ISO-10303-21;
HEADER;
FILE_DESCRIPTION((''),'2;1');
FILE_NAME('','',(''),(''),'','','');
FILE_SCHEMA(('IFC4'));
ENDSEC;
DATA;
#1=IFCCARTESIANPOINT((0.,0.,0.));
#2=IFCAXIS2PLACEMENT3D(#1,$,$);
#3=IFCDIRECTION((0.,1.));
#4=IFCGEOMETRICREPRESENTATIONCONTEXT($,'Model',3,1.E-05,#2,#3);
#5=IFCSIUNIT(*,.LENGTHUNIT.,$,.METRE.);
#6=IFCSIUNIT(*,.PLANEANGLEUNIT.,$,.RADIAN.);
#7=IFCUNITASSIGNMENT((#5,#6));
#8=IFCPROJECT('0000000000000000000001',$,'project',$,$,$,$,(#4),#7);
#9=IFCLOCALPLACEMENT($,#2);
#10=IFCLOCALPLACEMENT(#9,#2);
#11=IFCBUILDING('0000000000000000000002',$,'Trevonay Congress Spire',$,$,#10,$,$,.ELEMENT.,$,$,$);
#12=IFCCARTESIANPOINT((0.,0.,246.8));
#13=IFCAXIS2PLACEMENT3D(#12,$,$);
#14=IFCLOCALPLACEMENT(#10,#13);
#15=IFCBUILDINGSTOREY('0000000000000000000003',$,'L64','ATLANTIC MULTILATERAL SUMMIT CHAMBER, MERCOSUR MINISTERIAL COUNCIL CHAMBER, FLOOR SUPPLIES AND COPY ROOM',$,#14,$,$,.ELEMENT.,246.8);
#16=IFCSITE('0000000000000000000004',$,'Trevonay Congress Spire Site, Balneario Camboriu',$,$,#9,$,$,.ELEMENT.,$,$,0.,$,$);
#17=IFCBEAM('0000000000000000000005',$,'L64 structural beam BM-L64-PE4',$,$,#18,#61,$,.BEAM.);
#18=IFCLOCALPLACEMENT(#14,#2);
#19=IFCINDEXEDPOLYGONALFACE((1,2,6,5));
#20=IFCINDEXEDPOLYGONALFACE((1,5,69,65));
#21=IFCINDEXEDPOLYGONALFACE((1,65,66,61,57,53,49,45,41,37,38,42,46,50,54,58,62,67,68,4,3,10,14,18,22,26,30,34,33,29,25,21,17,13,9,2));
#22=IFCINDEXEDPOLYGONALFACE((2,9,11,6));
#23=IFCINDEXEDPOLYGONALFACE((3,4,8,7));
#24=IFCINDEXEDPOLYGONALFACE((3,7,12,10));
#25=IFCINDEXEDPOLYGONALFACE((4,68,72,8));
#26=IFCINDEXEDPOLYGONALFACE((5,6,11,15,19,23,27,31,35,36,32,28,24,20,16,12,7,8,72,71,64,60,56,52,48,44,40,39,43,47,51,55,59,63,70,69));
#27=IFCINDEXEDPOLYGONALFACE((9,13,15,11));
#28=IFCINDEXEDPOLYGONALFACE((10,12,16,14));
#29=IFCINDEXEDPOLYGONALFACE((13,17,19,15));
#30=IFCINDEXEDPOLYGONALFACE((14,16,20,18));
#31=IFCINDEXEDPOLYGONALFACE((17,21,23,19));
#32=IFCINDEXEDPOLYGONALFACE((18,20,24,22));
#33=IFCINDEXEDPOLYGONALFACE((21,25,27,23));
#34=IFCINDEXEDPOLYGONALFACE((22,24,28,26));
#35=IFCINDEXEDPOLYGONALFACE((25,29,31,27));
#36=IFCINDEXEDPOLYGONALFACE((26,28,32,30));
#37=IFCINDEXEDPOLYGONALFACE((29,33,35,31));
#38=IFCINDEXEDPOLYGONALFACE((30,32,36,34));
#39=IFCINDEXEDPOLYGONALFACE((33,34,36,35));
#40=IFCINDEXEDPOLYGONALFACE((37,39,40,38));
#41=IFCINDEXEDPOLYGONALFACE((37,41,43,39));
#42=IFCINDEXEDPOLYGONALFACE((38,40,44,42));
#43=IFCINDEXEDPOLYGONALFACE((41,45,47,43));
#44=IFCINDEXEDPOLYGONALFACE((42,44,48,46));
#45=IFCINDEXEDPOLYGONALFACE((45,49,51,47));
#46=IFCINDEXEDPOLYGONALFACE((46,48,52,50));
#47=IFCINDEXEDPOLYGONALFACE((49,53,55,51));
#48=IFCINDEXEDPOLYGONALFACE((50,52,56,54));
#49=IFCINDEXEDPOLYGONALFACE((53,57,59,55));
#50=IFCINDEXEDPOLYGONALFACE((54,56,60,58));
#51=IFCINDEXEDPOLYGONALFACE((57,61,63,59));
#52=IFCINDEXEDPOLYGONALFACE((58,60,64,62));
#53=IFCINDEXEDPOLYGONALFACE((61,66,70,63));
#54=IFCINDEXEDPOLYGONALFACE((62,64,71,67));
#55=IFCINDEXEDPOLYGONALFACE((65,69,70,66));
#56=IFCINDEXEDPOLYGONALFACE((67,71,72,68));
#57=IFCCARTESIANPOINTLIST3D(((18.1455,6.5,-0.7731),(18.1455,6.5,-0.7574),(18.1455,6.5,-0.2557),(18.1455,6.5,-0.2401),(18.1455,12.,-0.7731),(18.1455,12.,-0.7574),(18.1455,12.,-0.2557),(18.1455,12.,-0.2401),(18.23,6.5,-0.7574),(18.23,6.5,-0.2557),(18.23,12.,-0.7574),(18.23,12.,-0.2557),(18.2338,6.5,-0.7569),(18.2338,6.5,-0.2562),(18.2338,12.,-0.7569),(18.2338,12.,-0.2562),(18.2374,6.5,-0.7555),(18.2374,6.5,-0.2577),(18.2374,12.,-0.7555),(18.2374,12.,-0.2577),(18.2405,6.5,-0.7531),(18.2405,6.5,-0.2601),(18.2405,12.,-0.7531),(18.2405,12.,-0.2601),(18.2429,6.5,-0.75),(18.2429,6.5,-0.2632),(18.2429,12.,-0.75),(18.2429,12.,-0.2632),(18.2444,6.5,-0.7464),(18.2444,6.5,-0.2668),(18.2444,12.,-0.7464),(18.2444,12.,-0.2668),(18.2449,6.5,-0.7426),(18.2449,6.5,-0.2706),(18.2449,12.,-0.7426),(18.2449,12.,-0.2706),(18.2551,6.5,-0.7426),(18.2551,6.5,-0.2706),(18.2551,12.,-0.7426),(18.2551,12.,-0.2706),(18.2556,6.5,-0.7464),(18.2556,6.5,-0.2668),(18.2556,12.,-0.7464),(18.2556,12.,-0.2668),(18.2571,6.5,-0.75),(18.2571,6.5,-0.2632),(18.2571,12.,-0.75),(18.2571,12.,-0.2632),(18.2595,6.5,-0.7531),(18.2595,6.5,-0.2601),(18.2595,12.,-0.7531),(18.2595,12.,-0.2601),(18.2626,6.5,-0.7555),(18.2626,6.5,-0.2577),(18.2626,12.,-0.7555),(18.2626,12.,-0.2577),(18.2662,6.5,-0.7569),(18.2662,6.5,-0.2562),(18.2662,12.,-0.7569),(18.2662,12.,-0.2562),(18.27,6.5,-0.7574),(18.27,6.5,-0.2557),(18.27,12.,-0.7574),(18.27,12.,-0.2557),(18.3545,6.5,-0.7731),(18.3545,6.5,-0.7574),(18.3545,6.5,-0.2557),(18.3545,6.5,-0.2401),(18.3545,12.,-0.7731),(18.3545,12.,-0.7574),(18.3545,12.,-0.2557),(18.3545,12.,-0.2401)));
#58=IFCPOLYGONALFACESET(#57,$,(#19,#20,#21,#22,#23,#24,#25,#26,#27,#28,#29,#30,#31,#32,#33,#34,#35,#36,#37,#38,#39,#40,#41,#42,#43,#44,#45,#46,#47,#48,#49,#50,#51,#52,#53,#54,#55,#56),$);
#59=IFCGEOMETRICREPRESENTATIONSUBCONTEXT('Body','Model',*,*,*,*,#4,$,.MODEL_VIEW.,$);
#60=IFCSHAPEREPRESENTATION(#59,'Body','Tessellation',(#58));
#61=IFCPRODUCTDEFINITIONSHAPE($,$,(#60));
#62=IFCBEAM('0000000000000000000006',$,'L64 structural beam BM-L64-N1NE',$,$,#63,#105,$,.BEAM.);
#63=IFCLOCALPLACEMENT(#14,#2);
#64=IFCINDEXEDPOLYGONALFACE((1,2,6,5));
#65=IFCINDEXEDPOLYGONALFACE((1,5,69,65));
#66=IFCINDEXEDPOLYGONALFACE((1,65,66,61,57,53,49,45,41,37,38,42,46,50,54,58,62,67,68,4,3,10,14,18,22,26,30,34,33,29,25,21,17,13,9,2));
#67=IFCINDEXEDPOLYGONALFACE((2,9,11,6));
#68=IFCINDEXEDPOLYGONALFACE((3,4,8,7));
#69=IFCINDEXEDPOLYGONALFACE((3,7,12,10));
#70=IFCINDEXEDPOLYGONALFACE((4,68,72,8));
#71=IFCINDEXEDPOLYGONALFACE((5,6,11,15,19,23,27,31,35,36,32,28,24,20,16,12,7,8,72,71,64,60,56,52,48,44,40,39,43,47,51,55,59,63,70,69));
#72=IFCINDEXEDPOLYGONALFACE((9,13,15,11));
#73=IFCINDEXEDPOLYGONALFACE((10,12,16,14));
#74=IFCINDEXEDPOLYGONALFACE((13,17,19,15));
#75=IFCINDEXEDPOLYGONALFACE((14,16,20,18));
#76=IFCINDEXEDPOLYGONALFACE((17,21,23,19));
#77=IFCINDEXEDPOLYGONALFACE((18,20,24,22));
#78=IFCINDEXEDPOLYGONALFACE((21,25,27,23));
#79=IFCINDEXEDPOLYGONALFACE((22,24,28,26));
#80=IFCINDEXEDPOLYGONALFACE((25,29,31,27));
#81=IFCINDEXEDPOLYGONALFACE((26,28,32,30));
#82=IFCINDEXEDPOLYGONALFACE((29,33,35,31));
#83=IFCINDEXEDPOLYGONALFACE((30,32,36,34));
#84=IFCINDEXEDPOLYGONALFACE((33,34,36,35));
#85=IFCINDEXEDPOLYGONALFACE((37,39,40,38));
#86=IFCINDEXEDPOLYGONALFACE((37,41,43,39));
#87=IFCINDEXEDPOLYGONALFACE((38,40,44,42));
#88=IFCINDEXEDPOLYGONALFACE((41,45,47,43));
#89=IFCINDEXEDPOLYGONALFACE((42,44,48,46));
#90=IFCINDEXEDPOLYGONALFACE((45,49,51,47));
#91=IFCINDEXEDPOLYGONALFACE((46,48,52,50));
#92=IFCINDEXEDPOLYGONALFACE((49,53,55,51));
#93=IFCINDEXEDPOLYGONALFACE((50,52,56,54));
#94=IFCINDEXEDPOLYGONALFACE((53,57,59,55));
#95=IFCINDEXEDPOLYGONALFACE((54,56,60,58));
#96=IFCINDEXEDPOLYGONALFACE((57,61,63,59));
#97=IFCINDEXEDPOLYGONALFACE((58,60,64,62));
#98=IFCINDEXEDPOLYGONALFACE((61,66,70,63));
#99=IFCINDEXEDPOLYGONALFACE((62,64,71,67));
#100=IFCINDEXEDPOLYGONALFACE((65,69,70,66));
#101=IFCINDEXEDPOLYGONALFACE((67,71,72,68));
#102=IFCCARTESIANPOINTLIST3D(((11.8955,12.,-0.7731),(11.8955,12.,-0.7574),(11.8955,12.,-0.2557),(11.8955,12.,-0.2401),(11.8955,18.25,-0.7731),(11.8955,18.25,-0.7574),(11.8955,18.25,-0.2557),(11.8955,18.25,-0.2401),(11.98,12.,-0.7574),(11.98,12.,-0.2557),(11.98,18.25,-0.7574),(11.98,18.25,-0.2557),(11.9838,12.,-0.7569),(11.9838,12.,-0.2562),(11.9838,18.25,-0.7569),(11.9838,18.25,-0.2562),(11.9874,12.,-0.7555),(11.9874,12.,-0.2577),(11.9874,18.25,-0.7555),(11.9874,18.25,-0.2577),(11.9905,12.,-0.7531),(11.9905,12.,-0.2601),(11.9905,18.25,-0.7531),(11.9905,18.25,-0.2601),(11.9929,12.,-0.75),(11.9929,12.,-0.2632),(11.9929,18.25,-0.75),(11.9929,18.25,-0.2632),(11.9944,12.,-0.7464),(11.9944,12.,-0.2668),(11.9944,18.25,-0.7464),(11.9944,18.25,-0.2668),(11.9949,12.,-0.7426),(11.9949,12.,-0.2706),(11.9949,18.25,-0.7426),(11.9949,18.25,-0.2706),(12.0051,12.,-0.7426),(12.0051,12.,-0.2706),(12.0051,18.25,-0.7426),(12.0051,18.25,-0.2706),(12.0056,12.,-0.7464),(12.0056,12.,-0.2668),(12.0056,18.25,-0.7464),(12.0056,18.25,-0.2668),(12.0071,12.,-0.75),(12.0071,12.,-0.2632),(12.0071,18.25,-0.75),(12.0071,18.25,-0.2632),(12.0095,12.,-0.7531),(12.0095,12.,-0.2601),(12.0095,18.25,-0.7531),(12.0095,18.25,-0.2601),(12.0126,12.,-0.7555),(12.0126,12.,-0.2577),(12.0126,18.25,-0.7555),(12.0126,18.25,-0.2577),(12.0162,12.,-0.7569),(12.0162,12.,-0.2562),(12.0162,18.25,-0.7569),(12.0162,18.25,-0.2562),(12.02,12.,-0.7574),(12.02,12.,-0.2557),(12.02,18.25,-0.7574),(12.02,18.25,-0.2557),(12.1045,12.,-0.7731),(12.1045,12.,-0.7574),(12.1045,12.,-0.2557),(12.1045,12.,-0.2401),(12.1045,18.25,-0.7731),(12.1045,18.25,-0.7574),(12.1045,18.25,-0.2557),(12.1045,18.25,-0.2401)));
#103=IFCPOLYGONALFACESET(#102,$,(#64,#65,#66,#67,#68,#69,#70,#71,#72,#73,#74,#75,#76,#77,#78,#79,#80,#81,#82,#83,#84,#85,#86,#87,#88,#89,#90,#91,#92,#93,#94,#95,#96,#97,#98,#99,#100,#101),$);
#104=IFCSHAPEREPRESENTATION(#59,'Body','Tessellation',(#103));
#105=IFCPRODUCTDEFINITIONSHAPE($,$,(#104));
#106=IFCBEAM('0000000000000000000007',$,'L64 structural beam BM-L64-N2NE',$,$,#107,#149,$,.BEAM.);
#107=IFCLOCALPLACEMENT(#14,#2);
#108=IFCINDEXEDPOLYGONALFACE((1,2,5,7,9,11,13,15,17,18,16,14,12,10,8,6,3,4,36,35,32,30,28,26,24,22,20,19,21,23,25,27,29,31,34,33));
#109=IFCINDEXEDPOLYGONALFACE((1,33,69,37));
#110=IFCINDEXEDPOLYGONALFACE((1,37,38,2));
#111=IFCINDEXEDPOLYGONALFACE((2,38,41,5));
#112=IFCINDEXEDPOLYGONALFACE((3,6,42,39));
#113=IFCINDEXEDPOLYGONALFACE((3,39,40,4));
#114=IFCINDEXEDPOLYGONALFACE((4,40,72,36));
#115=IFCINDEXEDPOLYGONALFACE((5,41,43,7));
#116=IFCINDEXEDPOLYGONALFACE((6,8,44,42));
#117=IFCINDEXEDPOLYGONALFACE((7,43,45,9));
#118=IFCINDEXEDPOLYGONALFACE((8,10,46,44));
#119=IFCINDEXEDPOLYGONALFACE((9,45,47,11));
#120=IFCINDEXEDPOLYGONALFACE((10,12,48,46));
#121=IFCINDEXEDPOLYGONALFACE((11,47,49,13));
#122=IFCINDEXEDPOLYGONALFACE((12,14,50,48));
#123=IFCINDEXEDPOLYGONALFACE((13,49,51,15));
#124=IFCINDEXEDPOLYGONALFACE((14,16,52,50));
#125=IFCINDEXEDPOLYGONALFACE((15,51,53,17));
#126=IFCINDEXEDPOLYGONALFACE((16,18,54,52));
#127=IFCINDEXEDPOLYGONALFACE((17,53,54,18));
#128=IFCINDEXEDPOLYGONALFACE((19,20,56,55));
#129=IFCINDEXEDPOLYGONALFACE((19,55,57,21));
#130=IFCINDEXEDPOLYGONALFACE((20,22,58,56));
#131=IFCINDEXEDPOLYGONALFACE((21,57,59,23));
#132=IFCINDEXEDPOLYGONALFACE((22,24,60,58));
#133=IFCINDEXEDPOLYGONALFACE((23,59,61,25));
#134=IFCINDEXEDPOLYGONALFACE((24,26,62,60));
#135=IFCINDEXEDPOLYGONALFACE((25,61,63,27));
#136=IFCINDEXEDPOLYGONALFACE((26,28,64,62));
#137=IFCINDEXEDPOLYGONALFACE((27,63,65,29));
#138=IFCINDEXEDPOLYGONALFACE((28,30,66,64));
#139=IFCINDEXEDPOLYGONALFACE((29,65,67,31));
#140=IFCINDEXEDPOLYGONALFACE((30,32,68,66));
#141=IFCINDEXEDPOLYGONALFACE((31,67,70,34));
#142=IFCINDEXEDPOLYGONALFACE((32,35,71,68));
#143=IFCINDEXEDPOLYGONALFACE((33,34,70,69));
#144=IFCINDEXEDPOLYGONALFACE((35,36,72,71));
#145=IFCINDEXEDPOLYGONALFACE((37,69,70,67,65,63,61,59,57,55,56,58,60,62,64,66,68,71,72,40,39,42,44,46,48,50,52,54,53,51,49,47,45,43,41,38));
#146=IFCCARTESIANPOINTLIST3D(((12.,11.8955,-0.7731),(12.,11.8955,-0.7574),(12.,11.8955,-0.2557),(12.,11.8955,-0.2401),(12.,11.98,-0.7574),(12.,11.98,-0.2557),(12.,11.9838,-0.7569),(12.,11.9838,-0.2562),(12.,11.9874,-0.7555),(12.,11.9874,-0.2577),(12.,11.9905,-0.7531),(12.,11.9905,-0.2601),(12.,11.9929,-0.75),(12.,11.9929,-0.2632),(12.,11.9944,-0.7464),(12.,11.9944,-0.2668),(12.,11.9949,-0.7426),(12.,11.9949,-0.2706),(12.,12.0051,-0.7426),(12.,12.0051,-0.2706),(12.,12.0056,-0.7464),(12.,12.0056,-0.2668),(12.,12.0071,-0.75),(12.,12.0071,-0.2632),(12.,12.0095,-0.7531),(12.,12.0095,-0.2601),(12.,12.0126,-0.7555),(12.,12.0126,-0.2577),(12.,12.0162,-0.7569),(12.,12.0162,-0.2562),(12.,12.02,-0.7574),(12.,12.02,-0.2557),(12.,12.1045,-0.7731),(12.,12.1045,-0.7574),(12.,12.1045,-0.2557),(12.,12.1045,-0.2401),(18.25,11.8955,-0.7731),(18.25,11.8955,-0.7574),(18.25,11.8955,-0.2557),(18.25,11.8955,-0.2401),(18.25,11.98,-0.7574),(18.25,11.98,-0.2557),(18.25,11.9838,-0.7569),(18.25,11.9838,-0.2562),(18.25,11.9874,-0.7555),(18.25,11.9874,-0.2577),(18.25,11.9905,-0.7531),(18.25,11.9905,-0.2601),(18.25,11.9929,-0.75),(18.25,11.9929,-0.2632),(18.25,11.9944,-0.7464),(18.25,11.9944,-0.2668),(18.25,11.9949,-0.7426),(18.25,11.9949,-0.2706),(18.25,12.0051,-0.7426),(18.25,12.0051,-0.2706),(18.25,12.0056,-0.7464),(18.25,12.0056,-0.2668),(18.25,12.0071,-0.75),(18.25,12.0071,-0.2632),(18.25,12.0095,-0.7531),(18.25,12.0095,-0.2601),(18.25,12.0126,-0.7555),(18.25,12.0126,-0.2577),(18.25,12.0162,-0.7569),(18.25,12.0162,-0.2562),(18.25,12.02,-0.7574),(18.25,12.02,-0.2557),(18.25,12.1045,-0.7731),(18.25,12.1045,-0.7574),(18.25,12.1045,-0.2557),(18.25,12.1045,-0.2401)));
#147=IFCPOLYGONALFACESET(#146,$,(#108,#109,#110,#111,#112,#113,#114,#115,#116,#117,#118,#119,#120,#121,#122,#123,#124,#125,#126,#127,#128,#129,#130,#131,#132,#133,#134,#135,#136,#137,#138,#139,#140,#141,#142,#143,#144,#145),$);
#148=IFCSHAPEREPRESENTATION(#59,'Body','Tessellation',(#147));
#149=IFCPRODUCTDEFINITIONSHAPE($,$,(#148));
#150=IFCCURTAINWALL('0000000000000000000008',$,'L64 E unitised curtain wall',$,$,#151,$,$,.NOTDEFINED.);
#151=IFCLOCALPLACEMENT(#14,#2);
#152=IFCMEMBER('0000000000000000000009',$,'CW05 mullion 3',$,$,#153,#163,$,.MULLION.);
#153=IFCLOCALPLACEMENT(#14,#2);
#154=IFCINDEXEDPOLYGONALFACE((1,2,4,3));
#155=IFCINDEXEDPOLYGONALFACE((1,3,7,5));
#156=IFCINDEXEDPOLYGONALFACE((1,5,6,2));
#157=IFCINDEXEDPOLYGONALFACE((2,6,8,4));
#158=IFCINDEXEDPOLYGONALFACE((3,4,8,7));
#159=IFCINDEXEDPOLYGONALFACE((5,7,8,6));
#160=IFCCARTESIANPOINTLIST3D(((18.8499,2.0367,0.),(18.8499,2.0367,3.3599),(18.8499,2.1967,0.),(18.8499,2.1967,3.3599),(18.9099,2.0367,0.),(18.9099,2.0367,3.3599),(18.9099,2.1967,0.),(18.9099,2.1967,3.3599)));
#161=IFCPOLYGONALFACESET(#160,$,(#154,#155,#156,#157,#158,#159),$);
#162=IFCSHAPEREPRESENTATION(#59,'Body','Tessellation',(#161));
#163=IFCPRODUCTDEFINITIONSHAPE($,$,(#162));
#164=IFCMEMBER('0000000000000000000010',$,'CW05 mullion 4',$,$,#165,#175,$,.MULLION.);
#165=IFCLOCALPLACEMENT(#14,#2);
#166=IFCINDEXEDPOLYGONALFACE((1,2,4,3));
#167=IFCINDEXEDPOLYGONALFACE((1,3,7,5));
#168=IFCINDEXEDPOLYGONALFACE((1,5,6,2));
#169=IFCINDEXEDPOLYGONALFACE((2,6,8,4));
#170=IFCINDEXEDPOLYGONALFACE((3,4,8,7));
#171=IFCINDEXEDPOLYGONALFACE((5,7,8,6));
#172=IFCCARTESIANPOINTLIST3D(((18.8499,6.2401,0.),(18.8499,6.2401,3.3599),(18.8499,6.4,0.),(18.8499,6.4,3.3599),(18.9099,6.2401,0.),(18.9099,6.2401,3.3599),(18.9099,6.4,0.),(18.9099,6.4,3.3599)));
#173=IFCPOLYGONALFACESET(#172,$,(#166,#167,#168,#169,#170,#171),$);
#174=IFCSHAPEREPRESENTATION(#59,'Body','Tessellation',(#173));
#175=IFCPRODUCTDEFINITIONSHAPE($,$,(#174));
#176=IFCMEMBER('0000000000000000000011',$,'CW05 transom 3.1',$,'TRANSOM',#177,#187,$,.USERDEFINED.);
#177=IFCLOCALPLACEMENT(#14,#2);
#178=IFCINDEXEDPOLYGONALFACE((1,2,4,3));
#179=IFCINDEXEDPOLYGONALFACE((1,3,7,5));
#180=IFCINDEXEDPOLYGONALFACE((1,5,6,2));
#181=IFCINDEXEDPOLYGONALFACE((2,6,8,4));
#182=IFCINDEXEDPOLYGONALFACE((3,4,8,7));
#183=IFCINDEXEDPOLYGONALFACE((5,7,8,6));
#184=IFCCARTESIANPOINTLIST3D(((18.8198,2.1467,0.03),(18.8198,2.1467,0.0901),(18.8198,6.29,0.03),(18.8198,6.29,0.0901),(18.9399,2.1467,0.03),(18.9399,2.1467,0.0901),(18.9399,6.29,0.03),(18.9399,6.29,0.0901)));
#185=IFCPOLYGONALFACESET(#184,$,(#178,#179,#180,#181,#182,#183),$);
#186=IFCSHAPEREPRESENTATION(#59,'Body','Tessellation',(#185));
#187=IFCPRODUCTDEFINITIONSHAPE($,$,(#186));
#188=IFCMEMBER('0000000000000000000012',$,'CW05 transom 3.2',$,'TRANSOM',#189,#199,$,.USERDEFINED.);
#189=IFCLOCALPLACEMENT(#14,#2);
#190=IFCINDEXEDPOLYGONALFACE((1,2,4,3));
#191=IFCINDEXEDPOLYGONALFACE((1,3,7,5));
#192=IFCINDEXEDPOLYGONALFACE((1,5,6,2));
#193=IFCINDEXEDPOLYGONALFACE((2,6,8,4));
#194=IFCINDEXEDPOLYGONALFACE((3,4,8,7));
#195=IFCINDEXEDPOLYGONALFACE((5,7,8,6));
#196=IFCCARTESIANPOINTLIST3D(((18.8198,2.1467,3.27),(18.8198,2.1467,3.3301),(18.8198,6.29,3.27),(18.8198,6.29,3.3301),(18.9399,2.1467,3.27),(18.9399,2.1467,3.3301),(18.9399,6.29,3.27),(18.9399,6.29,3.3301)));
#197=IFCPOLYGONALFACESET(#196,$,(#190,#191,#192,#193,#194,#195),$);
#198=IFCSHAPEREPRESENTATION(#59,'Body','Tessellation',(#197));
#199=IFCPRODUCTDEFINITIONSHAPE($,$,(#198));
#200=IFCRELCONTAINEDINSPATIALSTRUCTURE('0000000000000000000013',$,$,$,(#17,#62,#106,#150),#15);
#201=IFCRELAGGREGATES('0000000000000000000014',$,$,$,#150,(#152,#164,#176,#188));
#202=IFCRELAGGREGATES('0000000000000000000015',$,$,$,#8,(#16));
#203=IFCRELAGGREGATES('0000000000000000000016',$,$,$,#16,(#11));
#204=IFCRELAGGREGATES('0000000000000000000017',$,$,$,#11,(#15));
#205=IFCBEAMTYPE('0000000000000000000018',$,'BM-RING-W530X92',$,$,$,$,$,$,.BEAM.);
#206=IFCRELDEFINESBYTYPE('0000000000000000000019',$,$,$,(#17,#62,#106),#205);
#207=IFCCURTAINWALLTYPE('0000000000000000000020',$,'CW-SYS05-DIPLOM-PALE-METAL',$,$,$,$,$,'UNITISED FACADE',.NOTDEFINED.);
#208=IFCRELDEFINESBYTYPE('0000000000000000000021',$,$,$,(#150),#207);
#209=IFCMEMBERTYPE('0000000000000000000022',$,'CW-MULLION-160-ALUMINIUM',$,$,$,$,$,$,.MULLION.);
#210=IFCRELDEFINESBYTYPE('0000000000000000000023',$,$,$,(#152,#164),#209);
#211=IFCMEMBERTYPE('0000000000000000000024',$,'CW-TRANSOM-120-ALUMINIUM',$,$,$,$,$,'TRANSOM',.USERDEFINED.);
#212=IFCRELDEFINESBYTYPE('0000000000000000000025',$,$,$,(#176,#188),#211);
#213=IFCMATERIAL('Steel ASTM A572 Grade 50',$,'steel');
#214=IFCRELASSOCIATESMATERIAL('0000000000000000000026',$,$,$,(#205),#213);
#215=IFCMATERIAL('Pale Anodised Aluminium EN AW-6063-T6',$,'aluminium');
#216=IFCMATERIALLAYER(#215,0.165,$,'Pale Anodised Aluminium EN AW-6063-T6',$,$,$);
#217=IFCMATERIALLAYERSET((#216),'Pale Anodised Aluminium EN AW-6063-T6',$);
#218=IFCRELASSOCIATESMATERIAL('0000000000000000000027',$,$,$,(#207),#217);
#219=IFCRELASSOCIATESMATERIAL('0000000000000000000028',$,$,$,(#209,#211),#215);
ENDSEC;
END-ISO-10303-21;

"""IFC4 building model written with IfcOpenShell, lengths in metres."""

from ifc_helpers import new_model, si_unit, direction, frame, origin, origin_2d, place, context, subcontext, project, spatial, rectangle, i_section, extrude, material, layer, layer_set, material_profile, profile_set, type_object, element, aggregate, save


model = new_model("IFC4")

# Units and contexts
model_context = context("Model", 3, precision=1e-05, world=origin(), true_north=direction((0.0, 1.0)))
body_context = subcontext(model_context, "Body", "Model", "MODEL_VIEW")
ifc_project = project(units=[si_unit("LENGTHUNIT", "METRE"), si_unit("PLANEANGLEUNIT", "RADIAN")], contexts=[model_context])

# Site, building, storey
site_placement = place(None, origin())
site = spatial("IfcSite", under=ifc_project, at=site_placement, Name="Trevonay Congress Spire Site, Balneario Camboriu", CompositionType="ELEMENT", RefElevation=0.0)
building_placement = place(site_placement, origin())
building = spatial("IfcBuilding", under=site, at=building_placement, Name="Trevonay Congress Spire", CompositionType="ELEMENT")
storey_placement = place(building_placement, frame((0.0, 0.0, 246.8)))
storey = spatial("IfcBuildingStorey", under=building, at=storey_placement, Name="L64", Description="ATLANTIC MULTILATERAL SUMMIT CHAMBER, MERCOSUR MINISTERIAL COUNCIL CHAMBER, FLOOR SUPPLIES AND COPY ROOM", CompositionType="ELEMENT", Elevation=246.8)

# Shared definitions
ifc_material_1 = material(Name="Steel ASTM A572 Grade 50", Category="steel")

# Beams
ifc_material_profile_1 = material_profile(ifc_material_1, i_section(OverallWidth=0.209, OverallDepth=0.533, WebThickness=0.0103, FlangeThickness=0.0156, FilletRadius=0.0149, at=origin_2d()), Name="W530x92")
ifc_profile_set_1 = profile_set([ifc_material_profile_1], Name="Steel ASTM A572 Grade 50")
beam_type_1 = type_object("IfcBeamType", Name="BM-RING-W530X92", PredefinedType="BEAM", material=ifc_profile_set_1)
for number, where, z_axis, x_axis, name in (
    (1, (18.25, 6.5, -0.5066), (0.0, 1.0, 0.0), (-1.0, 0.0, 0.0), "L64 structural beam BM-L64-PE4"),
):
    element("IfcBeam", number, at=place(storey_placement, frame(where, z_axis=z_axis, x_axis=x_axis)), inside=storey, type_object=beam_type_1, Name=name, PredefinedType="BEAM", context=body_context, shape_type="SweptSolid", body=[
        extrude(i_section(OverallWidth=0.209, OverallDepth=0.533, WebThickness=0.0103, FlangeThickness=0.0156, FilletRadius=0.0149, at=origin_2d()), origin(), (0.0, 0.0, 1.0), 5.5),
    ])
for number, where, z_axis, x_axis, name in (
    (2, (12.0, 18.25, -0.5066), (0.0, -1.0, 0.0), (1.0, 0.0, 0.0), "L64 structural beam BM-L64-N1NE"),
    (3, (18.25, 12.0, -0.5066), (-1.0, 0.0, 0.0), (0.0, -1.0, 0.0), "L64 structural beam BM-L64-N2NE"),
):
    element("IfcBeam", number, at=place(storey_placement, frame(where, z_axis=z_axis, x_axis=x_axis)), inside=storey, type_object=beam_type_1, Name=name, PredefinedType="BEAM", context=body_context, shape_type="SweptSolid", body=[
        extrude(i_section(OverallWidth=0.209, OverallDepth=0.533, WebThickness=0.0103, FlangeThickness=0.0156, FilletRadius=0.0149, at=origin_2d()), origin(), (0.0, 0.0, 1.0), 6.25),
    ])

# Curtain wall, members
ifc_material_2 = material(Name="Pale Anodised Aluminium EN AW-6063-T6", Category="aluminium")
ifc_layer_1 = layer(ifc_material_2, 0.165, Name="Pale Anodised Aluminium EN AW-6063-T6")
ifc_layer_set_1 = layer_set([ifc_layer_1], Name="Pale Anodised Aluminium EN AW-6063-T6")
curtain_wall_type = type_object("IfcCurtainWallType", Name="CW-SYS05-DIPLOM-PALE-METAL", ElementType="UNITISED FACADE", PredefinedType="NOTDEFINED", material=ifc_layer_set_1)
curtain_wall_placement = place(storey_placement, origin())
curtain_wall = element("IfcCurtainWall", 4, at=curtain_wall_placement, inside=storey, type_object=curtain_wall_type, Name="L64 E unitised curtain wall", PredefinedType="NOTDEFINED")
ifc_material_profile_2 = material_profile(ifc_material_2, rectangle(XDim=0.0601, YDim=0.1599, at=origin_2d()), Name="CW-MULLION-160-ALUMINIUM")
ifc_profile_set_2 = profile_set([ifc_material_profile_2], Name="Pale Anodised Aluminium EN AW-6063-T6")
member_type_1 = type_object("IfcMemberType", Name="CW-MULLION-160-ALUMINIUM", PredefinedType="MULLION", material=ifc_profile_set_2)
member_1_placement = place(storey_placement, frame((18.8799, 2.1167, 0.0), z_axis=(0.0, 0.0, 1.0), x_axis=(-1.0, 0.0, 0.0)))
member_1 = element("IfcMember", 5, at=member_1_placement, type_object=member_type_1, Name="CW05 mullion 3", PredefinedType="MULLION", context=body_context, shape_type="SweptSolid", body=[
    extrude(rectangle(XDim=0.0601, YDim=0.1599, at=origin_2d()), origin(), (0.0, 0.0, 1.0), 3.3599),
])
member_2_placement = place(storey_placement, frame((18.8799, 6.3201, 0.0), z_axis=(0.0, 0.0, 1.0), x_axis=(-1.0, 0.0, 0.0)))
member_2 = element("IfcMember", 6, at=member_2_placement, type_object=member_type_1, Name="CW05 mullion 4", PredefinedType="MULLION", context=body_context, shape_type="SweptSolid", body=[
    extrude(rectangle(XDim=0.0601, YDim=0.1599, at=origin_2d()), origin(), (0.0, 0.0, 1.0), 3.3599),
])
ifc_material_profile_3 = material_profile(ifc_material_2, rectangle(XDim=0.1201, YDim=0.0601, at=origin_2d()), Name="CW-TRANSOM-120-ALUMINIUM")
ifc_profile_set_3 = profile_set([ifc_material_profile_3], Name="Pale Anodised Aluminium EN AW-6063-T6")
member_type_2 = type_object("IfcMemberType", Name="CW-TRANSOM-120-ALUMINIUM", ElementType="TRANSOM", PredefinedType="USERDEFINED", material=ifc_profile_set_3)
member_3_placement = place(storey_placement, frame((18.8799, 2.1467, 0.0601), z_axis=(0.0, 1.0, 0.0), x_axis=(-1.0, 0.0, 0.0)))
member_3 = element("IfcMember", 7, at=member_3_placement, type_object=member_type_2, Name="CW05 transom 3.1", ObjectType="TRANSOM", PredefinedType="USERDEFINED", context=body_context, shape_type="SweptSolid", body=[
    extrude(rectangle(XDim=0.1201, YDim=0.0601, at=origin_2d()), origin(), (0.0, 0.0, 1.0), 4.1433),
])
member_4_placement = place(storey_placement, frame((18.8799, 2.1467, 3.3), z_axis=(0.0, 1.0, 0.0), x_axis=(-1.0, 0.0, 0.0)))
member_4 = element("IfcMember", 8, at=member_4_placement, type_object=member_type_2, Name="CW05 transom 3.2", ObjectType="TRANSOM", PredefinedType="USERDEFINED", context=body_context, shape_type="SweptSolid", body=[
    extrude(rectangle(XDim=0.1201, YDim=0.0601, at=origin_2d()), origin(), (0.0, 0.0, 1.0), 4.1433),
])

aggregate(curtain_wall, [member_1, member_2, member_3, member_4])

save(model, "model.ifc")
